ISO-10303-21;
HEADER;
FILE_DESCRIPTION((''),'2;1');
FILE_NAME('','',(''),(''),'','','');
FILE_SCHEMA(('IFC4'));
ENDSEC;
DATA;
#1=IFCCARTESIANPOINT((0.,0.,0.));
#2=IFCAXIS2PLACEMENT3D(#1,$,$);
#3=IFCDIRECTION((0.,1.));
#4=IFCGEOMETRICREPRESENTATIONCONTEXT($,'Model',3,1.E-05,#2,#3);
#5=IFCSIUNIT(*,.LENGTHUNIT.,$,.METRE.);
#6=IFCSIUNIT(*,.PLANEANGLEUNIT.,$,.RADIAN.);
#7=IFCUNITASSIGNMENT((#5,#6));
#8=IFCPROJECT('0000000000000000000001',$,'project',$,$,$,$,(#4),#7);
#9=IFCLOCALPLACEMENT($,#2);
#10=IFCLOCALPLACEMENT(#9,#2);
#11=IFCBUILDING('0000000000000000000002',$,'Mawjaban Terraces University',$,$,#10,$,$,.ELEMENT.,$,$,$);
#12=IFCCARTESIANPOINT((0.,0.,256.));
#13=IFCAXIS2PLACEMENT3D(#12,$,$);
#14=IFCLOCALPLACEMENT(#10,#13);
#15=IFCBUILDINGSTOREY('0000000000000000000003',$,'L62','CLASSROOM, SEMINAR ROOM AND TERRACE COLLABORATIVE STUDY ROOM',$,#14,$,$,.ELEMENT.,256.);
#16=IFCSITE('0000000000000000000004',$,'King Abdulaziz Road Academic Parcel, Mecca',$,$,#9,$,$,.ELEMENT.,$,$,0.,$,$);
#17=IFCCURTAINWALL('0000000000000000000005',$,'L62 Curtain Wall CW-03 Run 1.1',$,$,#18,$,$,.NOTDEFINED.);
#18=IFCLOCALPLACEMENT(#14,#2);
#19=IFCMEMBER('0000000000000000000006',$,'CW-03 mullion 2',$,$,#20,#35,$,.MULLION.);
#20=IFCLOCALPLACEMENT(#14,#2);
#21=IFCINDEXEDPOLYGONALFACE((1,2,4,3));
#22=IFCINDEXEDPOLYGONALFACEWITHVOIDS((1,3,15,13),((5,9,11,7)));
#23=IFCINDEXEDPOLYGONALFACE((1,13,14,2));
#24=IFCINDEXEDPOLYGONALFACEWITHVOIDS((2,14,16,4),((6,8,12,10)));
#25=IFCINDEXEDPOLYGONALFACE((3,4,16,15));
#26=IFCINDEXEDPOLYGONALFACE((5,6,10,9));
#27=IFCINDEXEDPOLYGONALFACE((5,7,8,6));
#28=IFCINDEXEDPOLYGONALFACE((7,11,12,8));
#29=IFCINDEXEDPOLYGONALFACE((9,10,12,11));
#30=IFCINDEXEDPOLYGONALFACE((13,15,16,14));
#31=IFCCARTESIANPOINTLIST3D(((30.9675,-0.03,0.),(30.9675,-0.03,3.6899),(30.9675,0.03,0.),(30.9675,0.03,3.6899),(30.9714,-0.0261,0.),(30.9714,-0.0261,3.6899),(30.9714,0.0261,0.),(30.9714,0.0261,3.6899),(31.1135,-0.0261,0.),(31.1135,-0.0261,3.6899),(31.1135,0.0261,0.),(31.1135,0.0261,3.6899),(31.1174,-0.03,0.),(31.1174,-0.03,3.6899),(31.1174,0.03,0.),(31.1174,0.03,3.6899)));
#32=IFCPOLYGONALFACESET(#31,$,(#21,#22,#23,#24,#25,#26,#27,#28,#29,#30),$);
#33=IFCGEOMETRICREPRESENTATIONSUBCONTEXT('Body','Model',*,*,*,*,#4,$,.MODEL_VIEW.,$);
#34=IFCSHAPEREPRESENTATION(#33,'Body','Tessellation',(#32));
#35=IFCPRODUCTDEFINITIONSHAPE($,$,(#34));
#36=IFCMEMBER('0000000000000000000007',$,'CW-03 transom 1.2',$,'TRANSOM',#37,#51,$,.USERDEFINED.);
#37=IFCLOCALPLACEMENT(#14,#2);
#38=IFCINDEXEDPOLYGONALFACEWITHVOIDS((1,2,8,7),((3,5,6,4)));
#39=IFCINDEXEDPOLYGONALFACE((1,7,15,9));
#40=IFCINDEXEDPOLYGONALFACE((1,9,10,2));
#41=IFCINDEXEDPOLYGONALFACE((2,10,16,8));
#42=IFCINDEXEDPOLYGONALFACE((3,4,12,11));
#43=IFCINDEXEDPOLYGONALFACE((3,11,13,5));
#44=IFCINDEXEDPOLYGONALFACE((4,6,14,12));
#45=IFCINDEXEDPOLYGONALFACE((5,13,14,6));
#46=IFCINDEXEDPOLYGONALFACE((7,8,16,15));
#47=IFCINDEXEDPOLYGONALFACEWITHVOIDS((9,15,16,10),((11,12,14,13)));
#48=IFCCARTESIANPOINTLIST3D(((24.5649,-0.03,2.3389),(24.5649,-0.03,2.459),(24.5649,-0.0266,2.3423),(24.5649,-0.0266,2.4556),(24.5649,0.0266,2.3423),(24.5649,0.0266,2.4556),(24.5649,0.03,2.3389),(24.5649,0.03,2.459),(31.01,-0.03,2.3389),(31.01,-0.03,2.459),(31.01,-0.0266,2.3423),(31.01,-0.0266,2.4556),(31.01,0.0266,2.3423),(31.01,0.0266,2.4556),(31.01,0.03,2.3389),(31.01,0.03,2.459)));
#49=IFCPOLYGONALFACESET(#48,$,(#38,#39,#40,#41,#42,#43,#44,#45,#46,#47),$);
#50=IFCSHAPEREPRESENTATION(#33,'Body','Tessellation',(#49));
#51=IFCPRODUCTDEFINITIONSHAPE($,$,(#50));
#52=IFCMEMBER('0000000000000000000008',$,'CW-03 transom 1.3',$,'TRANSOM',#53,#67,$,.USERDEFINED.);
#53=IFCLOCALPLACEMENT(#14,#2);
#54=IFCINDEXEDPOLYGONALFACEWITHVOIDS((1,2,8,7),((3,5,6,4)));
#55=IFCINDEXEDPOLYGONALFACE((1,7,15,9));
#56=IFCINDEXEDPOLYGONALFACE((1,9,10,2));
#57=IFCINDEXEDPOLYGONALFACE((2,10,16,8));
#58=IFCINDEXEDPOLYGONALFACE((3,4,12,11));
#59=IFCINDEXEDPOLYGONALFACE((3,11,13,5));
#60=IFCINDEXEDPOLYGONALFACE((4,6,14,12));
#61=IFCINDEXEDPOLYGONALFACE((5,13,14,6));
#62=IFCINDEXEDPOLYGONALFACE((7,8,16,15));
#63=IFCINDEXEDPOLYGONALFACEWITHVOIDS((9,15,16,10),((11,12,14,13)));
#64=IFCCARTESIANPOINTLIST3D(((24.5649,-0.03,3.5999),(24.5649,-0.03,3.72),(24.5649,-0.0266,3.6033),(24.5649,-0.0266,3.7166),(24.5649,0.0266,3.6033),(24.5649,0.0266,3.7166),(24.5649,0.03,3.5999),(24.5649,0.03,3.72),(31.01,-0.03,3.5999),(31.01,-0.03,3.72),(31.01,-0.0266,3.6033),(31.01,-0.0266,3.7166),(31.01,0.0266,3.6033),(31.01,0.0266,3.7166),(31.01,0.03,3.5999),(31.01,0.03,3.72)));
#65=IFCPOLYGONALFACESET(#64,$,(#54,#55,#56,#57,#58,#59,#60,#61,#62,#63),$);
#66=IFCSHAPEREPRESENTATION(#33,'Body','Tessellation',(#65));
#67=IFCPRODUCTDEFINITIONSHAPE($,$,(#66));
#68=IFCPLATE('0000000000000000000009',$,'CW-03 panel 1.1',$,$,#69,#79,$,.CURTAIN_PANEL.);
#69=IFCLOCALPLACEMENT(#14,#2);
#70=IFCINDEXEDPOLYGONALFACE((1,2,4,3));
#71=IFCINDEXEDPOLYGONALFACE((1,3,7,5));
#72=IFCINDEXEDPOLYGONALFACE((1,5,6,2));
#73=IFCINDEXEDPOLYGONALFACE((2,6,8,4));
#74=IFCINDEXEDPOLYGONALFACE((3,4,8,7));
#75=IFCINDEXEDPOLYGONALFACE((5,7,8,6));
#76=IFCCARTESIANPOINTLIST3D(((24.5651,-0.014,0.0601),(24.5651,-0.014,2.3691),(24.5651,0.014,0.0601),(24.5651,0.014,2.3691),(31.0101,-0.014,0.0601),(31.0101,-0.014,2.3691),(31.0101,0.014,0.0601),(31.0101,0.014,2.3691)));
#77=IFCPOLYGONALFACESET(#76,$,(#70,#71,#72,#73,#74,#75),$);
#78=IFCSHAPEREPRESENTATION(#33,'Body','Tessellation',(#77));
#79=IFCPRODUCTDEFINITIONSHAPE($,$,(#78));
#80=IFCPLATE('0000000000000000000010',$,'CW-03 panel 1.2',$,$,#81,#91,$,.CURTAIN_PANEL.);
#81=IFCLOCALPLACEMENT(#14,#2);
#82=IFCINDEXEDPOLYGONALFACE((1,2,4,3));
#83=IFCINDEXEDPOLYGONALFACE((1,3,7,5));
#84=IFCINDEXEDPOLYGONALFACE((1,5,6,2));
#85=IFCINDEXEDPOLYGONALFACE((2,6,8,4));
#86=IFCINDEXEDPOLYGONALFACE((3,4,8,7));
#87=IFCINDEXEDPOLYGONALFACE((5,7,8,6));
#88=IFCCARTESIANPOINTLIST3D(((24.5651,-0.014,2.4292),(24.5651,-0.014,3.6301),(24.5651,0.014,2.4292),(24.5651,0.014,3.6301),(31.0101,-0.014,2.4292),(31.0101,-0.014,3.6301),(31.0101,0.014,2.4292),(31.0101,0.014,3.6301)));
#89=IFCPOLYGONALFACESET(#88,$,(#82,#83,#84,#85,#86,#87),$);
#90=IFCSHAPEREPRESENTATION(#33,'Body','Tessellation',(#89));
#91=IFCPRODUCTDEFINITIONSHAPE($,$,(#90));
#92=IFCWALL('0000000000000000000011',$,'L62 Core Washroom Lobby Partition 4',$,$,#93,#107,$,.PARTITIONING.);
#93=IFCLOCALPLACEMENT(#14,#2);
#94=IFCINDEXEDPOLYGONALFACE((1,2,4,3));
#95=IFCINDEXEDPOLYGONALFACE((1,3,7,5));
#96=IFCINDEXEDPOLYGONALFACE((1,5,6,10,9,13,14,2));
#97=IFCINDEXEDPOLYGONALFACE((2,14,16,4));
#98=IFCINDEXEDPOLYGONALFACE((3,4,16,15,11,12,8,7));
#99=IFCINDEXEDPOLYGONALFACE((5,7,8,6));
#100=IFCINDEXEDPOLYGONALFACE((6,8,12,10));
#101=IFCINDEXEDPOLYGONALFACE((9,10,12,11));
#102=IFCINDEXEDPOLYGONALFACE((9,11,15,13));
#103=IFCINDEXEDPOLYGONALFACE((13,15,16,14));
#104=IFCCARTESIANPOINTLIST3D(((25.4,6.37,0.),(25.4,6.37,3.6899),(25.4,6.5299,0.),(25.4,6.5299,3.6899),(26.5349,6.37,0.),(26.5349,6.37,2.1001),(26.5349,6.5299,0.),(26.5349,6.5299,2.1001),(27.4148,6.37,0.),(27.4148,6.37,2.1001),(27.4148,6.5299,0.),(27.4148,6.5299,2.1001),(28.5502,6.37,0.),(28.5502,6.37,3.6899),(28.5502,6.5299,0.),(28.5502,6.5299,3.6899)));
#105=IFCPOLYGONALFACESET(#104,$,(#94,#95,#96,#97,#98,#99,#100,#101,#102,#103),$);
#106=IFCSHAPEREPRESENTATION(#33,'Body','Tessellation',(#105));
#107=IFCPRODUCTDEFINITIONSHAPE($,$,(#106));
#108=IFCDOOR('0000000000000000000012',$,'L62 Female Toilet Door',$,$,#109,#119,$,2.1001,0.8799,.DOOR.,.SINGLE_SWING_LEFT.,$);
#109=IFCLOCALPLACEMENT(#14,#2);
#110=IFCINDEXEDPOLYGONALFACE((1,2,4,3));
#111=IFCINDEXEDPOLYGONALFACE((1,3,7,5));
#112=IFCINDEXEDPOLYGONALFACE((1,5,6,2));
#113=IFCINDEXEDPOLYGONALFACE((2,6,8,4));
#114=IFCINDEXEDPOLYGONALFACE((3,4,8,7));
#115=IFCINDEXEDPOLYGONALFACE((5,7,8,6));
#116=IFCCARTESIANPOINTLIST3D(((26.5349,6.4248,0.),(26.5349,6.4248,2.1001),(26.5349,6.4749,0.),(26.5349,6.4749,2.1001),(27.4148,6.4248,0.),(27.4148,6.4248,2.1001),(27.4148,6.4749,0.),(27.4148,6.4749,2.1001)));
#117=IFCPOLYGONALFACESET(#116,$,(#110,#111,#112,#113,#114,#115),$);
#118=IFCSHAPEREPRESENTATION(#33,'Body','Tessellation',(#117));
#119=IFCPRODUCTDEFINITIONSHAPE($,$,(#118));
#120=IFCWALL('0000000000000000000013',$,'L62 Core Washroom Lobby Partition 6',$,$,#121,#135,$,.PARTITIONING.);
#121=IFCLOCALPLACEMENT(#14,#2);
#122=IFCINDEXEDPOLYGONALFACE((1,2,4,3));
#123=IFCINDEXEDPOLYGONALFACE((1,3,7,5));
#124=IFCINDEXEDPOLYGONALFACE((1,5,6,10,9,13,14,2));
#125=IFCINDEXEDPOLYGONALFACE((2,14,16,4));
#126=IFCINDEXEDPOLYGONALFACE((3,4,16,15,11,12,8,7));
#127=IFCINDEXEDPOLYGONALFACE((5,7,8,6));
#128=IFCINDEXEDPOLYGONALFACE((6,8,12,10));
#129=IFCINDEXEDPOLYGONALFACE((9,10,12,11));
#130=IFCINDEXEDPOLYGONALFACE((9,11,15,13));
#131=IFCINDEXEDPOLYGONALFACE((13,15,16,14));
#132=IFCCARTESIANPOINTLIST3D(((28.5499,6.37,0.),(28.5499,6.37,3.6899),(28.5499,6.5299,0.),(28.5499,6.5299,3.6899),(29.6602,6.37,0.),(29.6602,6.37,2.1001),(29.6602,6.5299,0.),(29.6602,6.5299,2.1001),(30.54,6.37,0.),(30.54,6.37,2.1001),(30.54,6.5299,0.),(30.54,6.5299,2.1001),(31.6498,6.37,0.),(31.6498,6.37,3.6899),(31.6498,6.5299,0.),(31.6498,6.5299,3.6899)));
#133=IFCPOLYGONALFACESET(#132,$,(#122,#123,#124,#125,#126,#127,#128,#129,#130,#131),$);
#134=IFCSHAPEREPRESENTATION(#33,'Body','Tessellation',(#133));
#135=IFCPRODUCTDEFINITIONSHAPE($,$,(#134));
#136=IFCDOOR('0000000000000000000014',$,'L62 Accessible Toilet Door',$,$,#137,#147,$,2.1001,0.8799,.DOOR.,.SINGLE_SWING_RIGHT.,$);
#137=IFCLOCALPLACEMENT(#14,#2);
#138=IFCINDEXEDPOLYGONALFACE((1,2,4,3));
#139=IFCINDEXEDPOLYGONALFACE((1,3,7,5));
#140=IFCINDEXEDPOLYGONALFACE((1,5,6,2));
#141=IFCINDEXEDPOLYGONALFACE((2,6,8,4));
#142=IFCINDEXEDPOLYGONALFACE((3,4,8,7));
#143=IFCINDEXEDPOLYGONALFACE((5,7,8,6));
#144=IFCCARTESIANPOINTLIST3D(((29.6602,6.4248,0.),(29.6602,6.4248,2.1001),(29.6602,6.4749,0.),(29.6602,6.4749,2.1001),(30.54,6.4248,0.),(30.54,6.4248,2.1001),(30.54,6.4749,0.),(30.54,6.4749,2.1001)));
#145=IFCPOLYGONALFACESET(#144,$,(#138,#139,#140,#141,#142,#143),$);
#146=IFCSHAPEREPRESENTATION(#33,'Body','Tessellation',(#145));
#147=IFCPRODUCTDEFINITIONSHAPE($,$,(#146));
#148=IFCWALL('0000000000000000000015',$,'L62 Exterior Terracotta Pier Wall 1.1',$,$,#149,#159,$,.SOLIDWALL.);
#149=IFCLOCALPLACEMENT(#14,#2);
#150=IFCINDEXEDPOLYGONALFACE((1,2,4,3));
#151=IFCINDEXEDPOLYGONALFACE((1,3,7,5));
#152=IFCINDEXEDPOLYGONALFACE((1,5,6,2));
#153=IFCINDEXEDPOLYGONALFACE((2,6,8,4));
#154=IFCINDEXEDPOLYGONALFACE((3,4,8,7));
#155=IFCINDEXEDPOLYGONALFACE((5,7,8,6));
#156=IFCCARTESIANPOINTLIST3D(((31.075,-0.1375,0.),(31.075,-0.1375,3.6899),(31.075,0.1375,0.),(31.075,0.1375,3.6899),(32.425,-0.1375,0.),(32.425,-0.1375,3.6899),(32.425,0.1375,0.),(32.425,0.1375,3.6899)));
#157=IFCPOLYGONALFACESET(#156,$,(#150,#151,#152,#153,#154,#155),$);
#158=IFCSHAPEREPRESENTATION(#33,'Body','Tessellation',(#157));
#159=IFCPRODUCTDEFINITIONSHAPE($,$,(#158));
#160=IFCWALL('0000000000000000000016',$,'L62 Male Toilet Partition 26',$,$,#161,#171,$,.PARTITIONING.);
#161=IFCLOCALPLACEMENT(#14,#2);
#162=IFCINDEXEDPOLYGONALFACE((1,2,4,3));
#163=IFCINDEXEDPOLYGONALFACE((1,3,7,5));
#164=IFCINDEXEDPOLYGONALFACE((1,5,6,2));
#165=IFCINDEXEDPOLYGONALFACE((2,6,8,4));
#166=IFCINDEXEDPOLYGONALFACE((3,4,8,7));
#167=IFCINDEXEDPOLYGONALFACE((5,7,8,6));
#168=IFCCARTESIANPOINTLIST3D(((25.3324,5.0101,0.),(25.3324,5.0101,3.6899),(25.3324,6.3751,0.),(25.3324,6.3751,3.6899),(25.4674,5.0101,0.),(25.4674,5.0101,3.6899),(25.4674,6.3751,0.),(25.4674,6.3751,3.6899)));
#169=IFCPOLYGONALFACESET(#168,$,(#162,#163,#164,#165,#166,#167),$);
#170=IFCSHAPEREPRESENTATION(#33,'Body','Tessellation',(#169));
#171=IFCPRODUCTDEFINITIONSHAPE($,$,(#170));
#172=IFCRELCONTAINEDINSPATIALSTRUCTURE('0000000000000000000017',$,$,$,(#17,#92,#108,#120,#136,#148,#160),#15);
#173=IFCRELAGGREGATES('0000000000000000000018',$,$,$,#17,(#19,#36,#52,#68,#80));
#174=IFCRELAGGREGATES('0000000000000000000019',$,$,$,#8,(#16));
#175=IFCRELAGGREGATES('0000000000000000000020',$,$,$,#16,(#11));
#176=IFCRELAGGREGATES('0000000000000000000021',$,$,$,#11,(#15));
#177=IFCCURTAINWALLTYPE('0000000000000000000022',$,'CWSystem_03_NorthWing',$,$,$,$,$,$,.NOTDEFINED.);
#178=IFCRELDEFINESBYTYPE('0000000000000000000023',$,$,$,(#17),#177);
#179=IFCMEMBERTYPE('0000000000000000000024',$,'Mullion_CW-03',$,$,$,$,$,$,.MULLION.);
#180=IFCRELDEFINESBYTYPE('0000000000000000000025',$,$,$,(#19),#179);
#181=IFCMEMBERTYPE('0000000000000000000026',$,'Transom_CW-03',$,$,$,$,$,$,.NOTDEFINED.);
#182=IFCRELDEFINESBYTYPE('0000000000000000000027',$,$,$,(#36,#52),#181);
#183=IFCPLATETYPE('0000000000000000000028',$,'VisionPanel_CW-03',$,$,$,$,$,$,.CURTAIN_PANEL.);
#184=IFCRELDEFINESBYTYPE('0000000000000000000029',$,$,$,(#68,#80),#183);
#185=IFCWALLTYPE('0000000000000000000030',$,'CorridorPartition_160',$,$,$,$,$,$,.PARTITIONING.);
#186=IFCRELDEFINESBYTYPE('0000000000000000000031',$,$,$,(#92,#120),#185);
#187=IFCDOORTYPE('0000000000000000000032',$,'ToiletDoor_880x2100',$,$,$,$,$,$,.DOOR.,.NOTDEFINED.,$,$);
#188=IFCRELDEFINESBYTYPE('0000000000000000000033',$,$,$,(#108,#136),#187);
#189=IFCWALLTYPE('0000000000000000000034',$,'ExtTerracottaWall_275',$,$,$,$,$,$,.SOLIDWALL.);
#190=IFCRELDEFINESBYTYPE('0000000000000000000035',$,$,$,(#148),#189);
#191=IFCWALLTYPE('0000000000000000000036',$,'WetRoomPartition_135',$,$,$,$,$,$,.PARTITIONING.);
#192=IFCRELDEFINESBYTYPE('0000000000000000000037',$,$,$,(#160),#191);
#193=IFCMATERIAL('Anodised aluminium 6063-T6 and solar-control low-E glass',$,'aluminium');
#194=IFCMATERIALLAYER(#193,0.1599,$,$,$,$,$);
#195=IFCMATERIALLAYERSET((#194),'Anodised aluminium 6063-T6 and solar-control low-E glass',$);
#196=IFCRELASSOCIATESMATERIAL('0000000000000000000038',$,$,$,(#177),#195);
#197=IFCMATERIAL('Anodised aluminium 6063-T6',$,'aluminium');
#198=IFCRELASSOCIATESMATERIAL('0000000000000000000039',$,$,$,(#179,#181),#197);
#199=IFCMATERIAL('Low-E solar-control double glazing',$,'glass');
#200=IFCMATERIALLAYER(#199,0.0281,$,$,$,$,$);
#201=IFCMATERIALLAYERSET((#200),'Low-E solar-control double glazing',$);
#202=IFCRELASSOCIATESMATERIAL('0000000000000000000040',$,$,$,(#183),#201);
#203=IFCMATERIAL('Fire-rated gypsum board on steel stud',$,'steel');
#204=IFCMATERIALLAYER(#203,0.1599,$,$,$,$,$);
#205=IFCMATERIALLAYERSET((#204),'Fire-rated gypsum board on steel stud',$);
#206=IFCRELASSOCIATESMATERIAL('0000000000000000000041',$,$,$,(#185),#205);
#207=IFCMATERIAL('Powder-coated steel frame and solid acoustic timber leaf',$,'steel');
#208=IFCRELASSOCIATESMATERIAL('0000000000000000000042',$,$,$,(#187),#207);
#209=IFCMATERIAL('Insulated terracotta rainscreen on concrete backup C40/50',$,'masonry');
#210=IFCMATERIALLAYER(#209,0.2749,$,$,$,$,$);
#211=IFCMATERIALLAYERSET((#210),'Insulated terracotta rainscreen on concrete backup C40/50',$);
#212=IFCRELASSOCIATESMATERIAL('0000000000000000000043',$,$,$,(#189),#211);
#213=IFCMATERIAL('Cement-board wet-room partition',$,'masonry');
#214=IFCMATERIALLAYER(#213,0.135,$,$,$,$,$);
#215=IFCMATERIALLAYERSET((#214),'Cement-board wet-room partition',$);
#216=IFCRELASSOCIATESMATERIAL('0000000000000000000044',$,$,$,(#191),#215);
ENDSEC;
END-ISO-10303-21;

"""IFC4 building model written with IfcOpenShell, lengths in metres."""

from ifc_helpers import new_model, si_unit, direction, frame, frame_2d, origin, origin_2d, place, context, subcontext, project, spatial, rectangle, hollow_rectangle, extrude, material, layer, layer_set, material_profile, profile_set, type_object, element, fill, aggregate, save


model = new_model("IFC4")

# Units and contexts
model_context = context("Model", 3, precision=1e-05, world=origin(), true_north=direction((0.0, 1.0)))
body_context = subcontext(model_context, "Body", "Model", "MODEL_VIEW")
ifc_project = project(units=[si_unit("LENGTHUNIT", "METRE"), si_unit("PLANEANGLEUNIT", "RADIAN")], contexts=[model_context])

# Site, building, storey
site_placement = place(None, origin())
site = spatial("IfcSite", under=ifc_project, at=site_placement, Name="King Abdulaziz Road Academic Parcel, Mecca", CompositionType="ELEMENT", RefElevation=0.0)
building_placement = place(site_placement, origin())
building = spatial("IfcBuilding", under=site, at=building_placement, Name="Mawjaban Terraces University", CompositionType="ELEMENT")
storey_placement = place(building_placement, frame((0.0, 0.0, 256.0)))
storey = spatial("IfcBuildingStorey", under=building, at=storey_placement, Name="L62", Description="CLASSROOM, SEMINAR ROOM AND TERRACE COLLABORATIVE STUDY ROOM", CompositionType="ELEMENT", Elevation=256.0)

# Curtain wall, members, plates
ifc_material_1 = material(Name="Anodised aluminium 6063-T6 and solar-control low-E glass", Category="aluminium")
ifc_layer_1 = layer(ifc_material_1, 0.1599)
ifc_layer_set_1 = layer_set([ifc_layer_1], Name="Anodised aluminium 6063-T6 and solar-control low-E glass")
curtain_wall_type = type_object("IfcCurtainWallType", Name="CWSystem_03_NorthWing", PredefinedType="NOTDEFINED", material=ifc_layer_set_1)
curtain_wall_placement = place(storey_placement, origin())
curtain_wall = element("IfcCurtainWall", 1, at=curtain_wall_placement, inside=storey, type_object=curtain_wall_type, Name="L62 Curtain Wall CW-03 Run 1.1", PredefinedType="NOTDEFINED")
ifc_material_2 = material(Name="Anodised aluminium 6063-T6", Category="aluminium")
ifc_material_profile_1 = material_profile(ifc_material_2, hollow_rectangle(XDim=0.0601, YDim=0.1499, WallThickness=0.0039, at=origin_2d()), Name="ALU150X60X4")
ifc_profile_set_1 = profile_set([ifc_material_profile_1], Name="Anodised aluminium 6063-T6")
member_type_1 = type_object("IfcMemberType", Name="Mullion_CW-03", PredefinedType="MULLION", material=ifc_profile_set_1)
member_1_placement = place(storey_placement, frame((31.0425, 0.0, 0.0), z_axis=(0.0, 0.0, 1.0), x_axis=(0.0, 1.0, 0.0)))
member_1 = element("IfcMember", 2, at=member_1_placement, type_object=member_type_1, Name="CW-03 mullion 2", PredefinedType="MULLION", context=body_context, shape_type="SweptSolid", body=[
    extrude(hollow_rectangle(XDim=0.0601, YDim=0.1499, WallThickness=0.0039, at=origin_2d()), origin(), (0.0, 0.0, 1.0), 3.6899),
])
ifc_material_profile_2 = material_profile(ifc_material_2, hollow_rectangle(XDim=0.0601, YDim=0.1201, WallThickness=0.0034, at=origin_2d()), Name="ALU120X60X3.5")
ifc_profile_set_2 = profile_set([ifc_material_profile_2], Name="Anodised aluminium 6063-T6")
member_type_2 = type_object("IfcMemberType", Name="Transom_CW-03", PredefinedType="NOTDEFINED", material=ifc_profile_set_2)
member_2_placement = place(storey_placement, frame((24.5649, 0.0, 2.3989), z_axis=(1.0, 0.0, 0.0), x_axis=(0.0, 1.0, 0.0)))
member_2 = element("IfcMember", 3, at=member_2_placement, type_object=member_type_2, Name="CW-03 transom 1.2", ObjectType="TRANSOM", PredefinedType="USERDEFINED", context=body_context, shape_type="SweptSolid", body=[
    extrude(hollow_rectangle(XDim=0.0601, YDim=0.1201, WallThickness=0.0034, at=origin_2d()), origin(), (0.0, 0.0, 1.0), 6.4451),
])
member_3_placement = place(storey_placement, frame((24.5649, 0.0, 3.6599), z_axis=(1.0, 0.0, 0.0), x_axis=(0.0, 1.0, 0.0)))
member_3 = element("IfcMember", 4, at=member_3_placement, type_object=member_type_2, Name="CW-03 transom 1.3", ObjectType="TRANSOM", PredefinedType="USERDEFINED", context=body_context, shape_type="SweptSolid", body=[
    extrude(hollow_rectangle(XDim=0.0601, YDim=0.1201, WallThickness=0.0034, at=origin_2d()), origin(), (0.0, 0.0, 1.0), 6.4451),
])
ifc_material_3 = material(Name="Low-E solar-control double glazing", Category="glass")
ifc_layer_2 = layer(ifc_material_3, 0.0281)
ifc_layer_set_2 = layer_set([ifc_layer_2], Name="Low-E solar-control double glazing")
plate_type = type_object("IfcPlateType", Name="VisionPanel_CW-03", PredefinedType="CURTAIN_PANEL", material=ifc_layer_set_2)
plate_1_placement = place(storey_placement, frame((27.7876, 0.0, 0.0601), z_axis=(0.0, 0.0, 1.0), x_axis=(1.0, 0.0, 0.0)))
plate_1 = element("IfcPlate", 5, at=plate_1_placement, type_object=plate_type, Name="CW-03 panel 1.1", PredefinedType="CURTAIN_PANEL", context=body_context, shape_type="SweptSolid", body=[
    extrude(rectangle(XDim=6.4451, YDim=0.0281, at=origin_2d()), origin(), (0.0, 0.0, 1.0), 2.3091),
])
plate_2_placement = place(storey_placement, frame((27.7876, 0.0, 2.4292), z_axis=(0.0, 0.0, 1.0), x_axis=(1.0, 0.0, 0.0)))
plate_2 = element("IfcPlate", 6, at=plate_2_placement, type_object=plate_type, Name="CW-03 panel 1.2", PredefinedType="CURTAIN_PANEL", context=body_context, shape_type="SweptSolid", body=[
    extrude(rectangle(XDim=6.4451, YDim=0.0281, at=origin_2d()), origin(), (0.0, 0.0, 1.0), 1.2009),
])
aggregate(curtain_wall, [member_1, member_2, member_3, plate_1, plate_2])

# Walls, openings, doors
ifc_material_4 = material(Name="Fire-rated gypsum board on steel stud", Category="steel")
ifc_layer_3 = layer(ifc_material_4, 0.1599)
ifc_layer_set_3 = layer_set([ifc_layer_3], Name="Fire-rated gypsum board on steel stud")
wall_type_1 = type_object("IfcWallType", Name="CorridorPartition_160", PredefinedType="PARTITIONING", material=ifc_layer_set_3)
wall_1_placement = place(storey_placement, frame((25.3999, 6.45, 0.0), z_axis=(0.0, 0.0, 1.0), x_axis=(1.0, 0.0, 0.0)))
wall_1 = element("IfcWall", 7, at=wall_1_placement, inside=storey, type_object=wall_type_1, Name="L62 Core Washroom Lobby Partition 4", PredefinedType="PARTITIONING", context=body_context, shape_type="SweptSolid", body=[
    extrude(rectangle(XDim=3.1501, YDim=0.1599, at=frame_2d((1.5752, 0.0))), origin(), (0.0, 0.0, 1.0), 3.6899),
])
opening_1_placement = place(wall_1_placement, frame((1.135, 0.0, 0.0)))
opening_1 = element("IfcOpeningElement", 8, at=opening_1_placement, cuts=wall_1, PredefinedType="OPENING", context=body_context, shape_type="SweptSolid", body=[
    extrude(rectangle(XDim=0.8799, YDim=2.1001, at=frame_2d((0.4399, 1.05))), frame((0.0, 0.0898, 0.0), z_axis=(0.0, -1.0, 0.0), x_axis=(1.0, 0.0, 0.0)), (0.0, 0.0, 1.0), 0.1799),
])
ifc_material_5 = material(Name="Powder-coated steel frame and solid acoustic timber leaf", Category="steel")
door_type = type_object("IfcDoorType", Name="ToiletDoor_880x2100", OperationType="NOTDEFINED", PredefinedType="DOOR", material=ifc_material_5)
door_1_placement = place(opening_1_placement, origin())
door_1 = element("IfcDoor", 9, at=door_1_placement, inside=storey, type_object=door_type, Name="L62 Female Toilet Door", OperationType="SINGLE_SWING_LEFT", OverallHeight=2.1001, OverallWidth=0.8799, PredefinedType="DOOR", context=body_context, shape_type="SweptSolid", body=[
    extrude(rectangle(XDim=0.8799, YDim=2.1001, at=frame_2d((0.4399, 1.05))), frame((0.0, 0.0249, 0.0), z_axis=(0.0, -1.0, 0.0), x_axis=(1.0, 0.0, 0.0)), (0.0, 0.0, 1.0), 0.05),
])
fill(opening_1, door_1)
wall_2_placement = place(storey_placement, frame((28.55, 6.45, 0.0), z_axis=(0.0, 0.0, 1.0), x_axis=(1.0, 0.0, 0.0)))
wall_2 = element("IfcWall", 10, at=wall_2_placement, inside=storey, type_object=wall_type_1, Name="L62 Core Washroom Lobby Partition 6", PredefinedType="PARTITIONING", context=body_context, shape_type="SweptSolid", body=[
    extrude(rectangle(XDim=3.0999, YDim=0.1599, at=frame_2d((1.5498, 0.0))), origin(), (0.0, 0.0, 1.0), 3.6899),
])
opening_2_placement = place(wall_2_placement, frame((1.1101, 0.0, 0.0)))
opening_2 = element("IfcOpeningElement", 11, at=opening_2_placement, cuts=wall_2, PredefinedType="OPENING", context=body_context, shape_type="SweptSolid", body=[
    extrude(rectangle(XDim=0.8799, YDim=2.1001, at=frame_2d((0.4399, 1.05))), frame((0.0, 0.0898, 0.0), z_axis=(0.0, -1.0, 0.0), x_axis=(1.0, 0.0, 0.0)), (0.0, 0.0, 1.0), 0.1799),
])
door_2_placement = place(opening_2_placement, origin())
door_2 = element("IfcDoor", 12, at=door_2_placement, inside=storey, type_object=door_type, Name="L62 Accessible Toilet Door", OperationType="SINGLE_SWING_RIGHT", OverallHeight=2.1001, OverallWidth=0.8799, PredefinedType="DOOR", context=body_context, shape_type="SweptSolid", body=[
    extrude(rectangle(XDim=0.8799, YDim=2.1001, at=frame_2d((0.4399, 1.05))), frame((0.0, 0.0249, 0.0), z_axis=(0.0, -1.0, 0.0), x_axis=(1.0, 0.0, 0.0)), (0.0, 0.0, 1.0), 0.05),
])
fill(opening_2, door_2)

# Walls
ifc_material_6 = material(Name="Insulated terracotta rainscreen on concrete backup C40/50", Category="masonry")
ifc_layer_4 = layer(ifc_material_6, 0.2749)
ifc_layer_set_4 = layer_set([ifc_layer_4], Name="Insulated terracotta rainscreen on concrete backup C40/50")
wall_type_2 = type_object("IfcWallType", Name="ExtTerracottaWall_275", PredefinedType="SOLIDWALL", material=ifc_layer_set_4)
wall_3_placement = place(storey_placement, frame((31.075, 0.0, 0.0), z_axis=(0.0, 0.0, 1.0), x_axis=(1.0, 0.0, 0.0)))
element("IfcWall", 13, at=wall_3_placement, inside=storey, type_object=wall_type_2, Name="L62 Exterior Terracotta Pier Wall 1.1", PredefinedType="SOLIDWALL", context=body_context, shape_type="SweptSolid", body=[
    extrude(rectangle(XDim=1.3501, YDim=0.2749, at=frame_2d((0.675, 0.0))), origin(), (0.0, 0.0, 1.0), 3.6899),
])
ifc_material_7 = material(Name="Cement-board wet-room partition", Category="masonry")
ifc_layer_5 = layer(ifc_material_7, 0.135)
ifc_layer_set_5 = layer_set([ifc_layer_5], Name="Cement-board wet-room partition")
wall_type_3 = type_object("IfcWallType", Name="WetRoomPartition_135", PredefinedType="PARTITIONING", material=ifc_layer_set_5)
for number, where, z_axis, x_axis, name in (
    (14, (25.3999, 5.01, 0.0), (0.0, 0.0, 1.0), (0.0, 1.0, 0.0), "L62 Male Toilet Partition 26"),
):
    element("IfcWall", number, at=place(storey_placement, frame(where, z_axis=z_axis, x_axis=x_axis)), inside=storey, type_object=wall_type_3, Name=name, PredefinedType="PARTITIONING", context=body_context, shape_type="SweptSolid", body=[
        extrude(rectangle(XDim=1.365, YDim=0.135, at=frame_2d((0.6826, 0.0))), origin(), (0.0, 0.0, 1.0), 3.6899),
    ])

save(model, "model.ifc")
